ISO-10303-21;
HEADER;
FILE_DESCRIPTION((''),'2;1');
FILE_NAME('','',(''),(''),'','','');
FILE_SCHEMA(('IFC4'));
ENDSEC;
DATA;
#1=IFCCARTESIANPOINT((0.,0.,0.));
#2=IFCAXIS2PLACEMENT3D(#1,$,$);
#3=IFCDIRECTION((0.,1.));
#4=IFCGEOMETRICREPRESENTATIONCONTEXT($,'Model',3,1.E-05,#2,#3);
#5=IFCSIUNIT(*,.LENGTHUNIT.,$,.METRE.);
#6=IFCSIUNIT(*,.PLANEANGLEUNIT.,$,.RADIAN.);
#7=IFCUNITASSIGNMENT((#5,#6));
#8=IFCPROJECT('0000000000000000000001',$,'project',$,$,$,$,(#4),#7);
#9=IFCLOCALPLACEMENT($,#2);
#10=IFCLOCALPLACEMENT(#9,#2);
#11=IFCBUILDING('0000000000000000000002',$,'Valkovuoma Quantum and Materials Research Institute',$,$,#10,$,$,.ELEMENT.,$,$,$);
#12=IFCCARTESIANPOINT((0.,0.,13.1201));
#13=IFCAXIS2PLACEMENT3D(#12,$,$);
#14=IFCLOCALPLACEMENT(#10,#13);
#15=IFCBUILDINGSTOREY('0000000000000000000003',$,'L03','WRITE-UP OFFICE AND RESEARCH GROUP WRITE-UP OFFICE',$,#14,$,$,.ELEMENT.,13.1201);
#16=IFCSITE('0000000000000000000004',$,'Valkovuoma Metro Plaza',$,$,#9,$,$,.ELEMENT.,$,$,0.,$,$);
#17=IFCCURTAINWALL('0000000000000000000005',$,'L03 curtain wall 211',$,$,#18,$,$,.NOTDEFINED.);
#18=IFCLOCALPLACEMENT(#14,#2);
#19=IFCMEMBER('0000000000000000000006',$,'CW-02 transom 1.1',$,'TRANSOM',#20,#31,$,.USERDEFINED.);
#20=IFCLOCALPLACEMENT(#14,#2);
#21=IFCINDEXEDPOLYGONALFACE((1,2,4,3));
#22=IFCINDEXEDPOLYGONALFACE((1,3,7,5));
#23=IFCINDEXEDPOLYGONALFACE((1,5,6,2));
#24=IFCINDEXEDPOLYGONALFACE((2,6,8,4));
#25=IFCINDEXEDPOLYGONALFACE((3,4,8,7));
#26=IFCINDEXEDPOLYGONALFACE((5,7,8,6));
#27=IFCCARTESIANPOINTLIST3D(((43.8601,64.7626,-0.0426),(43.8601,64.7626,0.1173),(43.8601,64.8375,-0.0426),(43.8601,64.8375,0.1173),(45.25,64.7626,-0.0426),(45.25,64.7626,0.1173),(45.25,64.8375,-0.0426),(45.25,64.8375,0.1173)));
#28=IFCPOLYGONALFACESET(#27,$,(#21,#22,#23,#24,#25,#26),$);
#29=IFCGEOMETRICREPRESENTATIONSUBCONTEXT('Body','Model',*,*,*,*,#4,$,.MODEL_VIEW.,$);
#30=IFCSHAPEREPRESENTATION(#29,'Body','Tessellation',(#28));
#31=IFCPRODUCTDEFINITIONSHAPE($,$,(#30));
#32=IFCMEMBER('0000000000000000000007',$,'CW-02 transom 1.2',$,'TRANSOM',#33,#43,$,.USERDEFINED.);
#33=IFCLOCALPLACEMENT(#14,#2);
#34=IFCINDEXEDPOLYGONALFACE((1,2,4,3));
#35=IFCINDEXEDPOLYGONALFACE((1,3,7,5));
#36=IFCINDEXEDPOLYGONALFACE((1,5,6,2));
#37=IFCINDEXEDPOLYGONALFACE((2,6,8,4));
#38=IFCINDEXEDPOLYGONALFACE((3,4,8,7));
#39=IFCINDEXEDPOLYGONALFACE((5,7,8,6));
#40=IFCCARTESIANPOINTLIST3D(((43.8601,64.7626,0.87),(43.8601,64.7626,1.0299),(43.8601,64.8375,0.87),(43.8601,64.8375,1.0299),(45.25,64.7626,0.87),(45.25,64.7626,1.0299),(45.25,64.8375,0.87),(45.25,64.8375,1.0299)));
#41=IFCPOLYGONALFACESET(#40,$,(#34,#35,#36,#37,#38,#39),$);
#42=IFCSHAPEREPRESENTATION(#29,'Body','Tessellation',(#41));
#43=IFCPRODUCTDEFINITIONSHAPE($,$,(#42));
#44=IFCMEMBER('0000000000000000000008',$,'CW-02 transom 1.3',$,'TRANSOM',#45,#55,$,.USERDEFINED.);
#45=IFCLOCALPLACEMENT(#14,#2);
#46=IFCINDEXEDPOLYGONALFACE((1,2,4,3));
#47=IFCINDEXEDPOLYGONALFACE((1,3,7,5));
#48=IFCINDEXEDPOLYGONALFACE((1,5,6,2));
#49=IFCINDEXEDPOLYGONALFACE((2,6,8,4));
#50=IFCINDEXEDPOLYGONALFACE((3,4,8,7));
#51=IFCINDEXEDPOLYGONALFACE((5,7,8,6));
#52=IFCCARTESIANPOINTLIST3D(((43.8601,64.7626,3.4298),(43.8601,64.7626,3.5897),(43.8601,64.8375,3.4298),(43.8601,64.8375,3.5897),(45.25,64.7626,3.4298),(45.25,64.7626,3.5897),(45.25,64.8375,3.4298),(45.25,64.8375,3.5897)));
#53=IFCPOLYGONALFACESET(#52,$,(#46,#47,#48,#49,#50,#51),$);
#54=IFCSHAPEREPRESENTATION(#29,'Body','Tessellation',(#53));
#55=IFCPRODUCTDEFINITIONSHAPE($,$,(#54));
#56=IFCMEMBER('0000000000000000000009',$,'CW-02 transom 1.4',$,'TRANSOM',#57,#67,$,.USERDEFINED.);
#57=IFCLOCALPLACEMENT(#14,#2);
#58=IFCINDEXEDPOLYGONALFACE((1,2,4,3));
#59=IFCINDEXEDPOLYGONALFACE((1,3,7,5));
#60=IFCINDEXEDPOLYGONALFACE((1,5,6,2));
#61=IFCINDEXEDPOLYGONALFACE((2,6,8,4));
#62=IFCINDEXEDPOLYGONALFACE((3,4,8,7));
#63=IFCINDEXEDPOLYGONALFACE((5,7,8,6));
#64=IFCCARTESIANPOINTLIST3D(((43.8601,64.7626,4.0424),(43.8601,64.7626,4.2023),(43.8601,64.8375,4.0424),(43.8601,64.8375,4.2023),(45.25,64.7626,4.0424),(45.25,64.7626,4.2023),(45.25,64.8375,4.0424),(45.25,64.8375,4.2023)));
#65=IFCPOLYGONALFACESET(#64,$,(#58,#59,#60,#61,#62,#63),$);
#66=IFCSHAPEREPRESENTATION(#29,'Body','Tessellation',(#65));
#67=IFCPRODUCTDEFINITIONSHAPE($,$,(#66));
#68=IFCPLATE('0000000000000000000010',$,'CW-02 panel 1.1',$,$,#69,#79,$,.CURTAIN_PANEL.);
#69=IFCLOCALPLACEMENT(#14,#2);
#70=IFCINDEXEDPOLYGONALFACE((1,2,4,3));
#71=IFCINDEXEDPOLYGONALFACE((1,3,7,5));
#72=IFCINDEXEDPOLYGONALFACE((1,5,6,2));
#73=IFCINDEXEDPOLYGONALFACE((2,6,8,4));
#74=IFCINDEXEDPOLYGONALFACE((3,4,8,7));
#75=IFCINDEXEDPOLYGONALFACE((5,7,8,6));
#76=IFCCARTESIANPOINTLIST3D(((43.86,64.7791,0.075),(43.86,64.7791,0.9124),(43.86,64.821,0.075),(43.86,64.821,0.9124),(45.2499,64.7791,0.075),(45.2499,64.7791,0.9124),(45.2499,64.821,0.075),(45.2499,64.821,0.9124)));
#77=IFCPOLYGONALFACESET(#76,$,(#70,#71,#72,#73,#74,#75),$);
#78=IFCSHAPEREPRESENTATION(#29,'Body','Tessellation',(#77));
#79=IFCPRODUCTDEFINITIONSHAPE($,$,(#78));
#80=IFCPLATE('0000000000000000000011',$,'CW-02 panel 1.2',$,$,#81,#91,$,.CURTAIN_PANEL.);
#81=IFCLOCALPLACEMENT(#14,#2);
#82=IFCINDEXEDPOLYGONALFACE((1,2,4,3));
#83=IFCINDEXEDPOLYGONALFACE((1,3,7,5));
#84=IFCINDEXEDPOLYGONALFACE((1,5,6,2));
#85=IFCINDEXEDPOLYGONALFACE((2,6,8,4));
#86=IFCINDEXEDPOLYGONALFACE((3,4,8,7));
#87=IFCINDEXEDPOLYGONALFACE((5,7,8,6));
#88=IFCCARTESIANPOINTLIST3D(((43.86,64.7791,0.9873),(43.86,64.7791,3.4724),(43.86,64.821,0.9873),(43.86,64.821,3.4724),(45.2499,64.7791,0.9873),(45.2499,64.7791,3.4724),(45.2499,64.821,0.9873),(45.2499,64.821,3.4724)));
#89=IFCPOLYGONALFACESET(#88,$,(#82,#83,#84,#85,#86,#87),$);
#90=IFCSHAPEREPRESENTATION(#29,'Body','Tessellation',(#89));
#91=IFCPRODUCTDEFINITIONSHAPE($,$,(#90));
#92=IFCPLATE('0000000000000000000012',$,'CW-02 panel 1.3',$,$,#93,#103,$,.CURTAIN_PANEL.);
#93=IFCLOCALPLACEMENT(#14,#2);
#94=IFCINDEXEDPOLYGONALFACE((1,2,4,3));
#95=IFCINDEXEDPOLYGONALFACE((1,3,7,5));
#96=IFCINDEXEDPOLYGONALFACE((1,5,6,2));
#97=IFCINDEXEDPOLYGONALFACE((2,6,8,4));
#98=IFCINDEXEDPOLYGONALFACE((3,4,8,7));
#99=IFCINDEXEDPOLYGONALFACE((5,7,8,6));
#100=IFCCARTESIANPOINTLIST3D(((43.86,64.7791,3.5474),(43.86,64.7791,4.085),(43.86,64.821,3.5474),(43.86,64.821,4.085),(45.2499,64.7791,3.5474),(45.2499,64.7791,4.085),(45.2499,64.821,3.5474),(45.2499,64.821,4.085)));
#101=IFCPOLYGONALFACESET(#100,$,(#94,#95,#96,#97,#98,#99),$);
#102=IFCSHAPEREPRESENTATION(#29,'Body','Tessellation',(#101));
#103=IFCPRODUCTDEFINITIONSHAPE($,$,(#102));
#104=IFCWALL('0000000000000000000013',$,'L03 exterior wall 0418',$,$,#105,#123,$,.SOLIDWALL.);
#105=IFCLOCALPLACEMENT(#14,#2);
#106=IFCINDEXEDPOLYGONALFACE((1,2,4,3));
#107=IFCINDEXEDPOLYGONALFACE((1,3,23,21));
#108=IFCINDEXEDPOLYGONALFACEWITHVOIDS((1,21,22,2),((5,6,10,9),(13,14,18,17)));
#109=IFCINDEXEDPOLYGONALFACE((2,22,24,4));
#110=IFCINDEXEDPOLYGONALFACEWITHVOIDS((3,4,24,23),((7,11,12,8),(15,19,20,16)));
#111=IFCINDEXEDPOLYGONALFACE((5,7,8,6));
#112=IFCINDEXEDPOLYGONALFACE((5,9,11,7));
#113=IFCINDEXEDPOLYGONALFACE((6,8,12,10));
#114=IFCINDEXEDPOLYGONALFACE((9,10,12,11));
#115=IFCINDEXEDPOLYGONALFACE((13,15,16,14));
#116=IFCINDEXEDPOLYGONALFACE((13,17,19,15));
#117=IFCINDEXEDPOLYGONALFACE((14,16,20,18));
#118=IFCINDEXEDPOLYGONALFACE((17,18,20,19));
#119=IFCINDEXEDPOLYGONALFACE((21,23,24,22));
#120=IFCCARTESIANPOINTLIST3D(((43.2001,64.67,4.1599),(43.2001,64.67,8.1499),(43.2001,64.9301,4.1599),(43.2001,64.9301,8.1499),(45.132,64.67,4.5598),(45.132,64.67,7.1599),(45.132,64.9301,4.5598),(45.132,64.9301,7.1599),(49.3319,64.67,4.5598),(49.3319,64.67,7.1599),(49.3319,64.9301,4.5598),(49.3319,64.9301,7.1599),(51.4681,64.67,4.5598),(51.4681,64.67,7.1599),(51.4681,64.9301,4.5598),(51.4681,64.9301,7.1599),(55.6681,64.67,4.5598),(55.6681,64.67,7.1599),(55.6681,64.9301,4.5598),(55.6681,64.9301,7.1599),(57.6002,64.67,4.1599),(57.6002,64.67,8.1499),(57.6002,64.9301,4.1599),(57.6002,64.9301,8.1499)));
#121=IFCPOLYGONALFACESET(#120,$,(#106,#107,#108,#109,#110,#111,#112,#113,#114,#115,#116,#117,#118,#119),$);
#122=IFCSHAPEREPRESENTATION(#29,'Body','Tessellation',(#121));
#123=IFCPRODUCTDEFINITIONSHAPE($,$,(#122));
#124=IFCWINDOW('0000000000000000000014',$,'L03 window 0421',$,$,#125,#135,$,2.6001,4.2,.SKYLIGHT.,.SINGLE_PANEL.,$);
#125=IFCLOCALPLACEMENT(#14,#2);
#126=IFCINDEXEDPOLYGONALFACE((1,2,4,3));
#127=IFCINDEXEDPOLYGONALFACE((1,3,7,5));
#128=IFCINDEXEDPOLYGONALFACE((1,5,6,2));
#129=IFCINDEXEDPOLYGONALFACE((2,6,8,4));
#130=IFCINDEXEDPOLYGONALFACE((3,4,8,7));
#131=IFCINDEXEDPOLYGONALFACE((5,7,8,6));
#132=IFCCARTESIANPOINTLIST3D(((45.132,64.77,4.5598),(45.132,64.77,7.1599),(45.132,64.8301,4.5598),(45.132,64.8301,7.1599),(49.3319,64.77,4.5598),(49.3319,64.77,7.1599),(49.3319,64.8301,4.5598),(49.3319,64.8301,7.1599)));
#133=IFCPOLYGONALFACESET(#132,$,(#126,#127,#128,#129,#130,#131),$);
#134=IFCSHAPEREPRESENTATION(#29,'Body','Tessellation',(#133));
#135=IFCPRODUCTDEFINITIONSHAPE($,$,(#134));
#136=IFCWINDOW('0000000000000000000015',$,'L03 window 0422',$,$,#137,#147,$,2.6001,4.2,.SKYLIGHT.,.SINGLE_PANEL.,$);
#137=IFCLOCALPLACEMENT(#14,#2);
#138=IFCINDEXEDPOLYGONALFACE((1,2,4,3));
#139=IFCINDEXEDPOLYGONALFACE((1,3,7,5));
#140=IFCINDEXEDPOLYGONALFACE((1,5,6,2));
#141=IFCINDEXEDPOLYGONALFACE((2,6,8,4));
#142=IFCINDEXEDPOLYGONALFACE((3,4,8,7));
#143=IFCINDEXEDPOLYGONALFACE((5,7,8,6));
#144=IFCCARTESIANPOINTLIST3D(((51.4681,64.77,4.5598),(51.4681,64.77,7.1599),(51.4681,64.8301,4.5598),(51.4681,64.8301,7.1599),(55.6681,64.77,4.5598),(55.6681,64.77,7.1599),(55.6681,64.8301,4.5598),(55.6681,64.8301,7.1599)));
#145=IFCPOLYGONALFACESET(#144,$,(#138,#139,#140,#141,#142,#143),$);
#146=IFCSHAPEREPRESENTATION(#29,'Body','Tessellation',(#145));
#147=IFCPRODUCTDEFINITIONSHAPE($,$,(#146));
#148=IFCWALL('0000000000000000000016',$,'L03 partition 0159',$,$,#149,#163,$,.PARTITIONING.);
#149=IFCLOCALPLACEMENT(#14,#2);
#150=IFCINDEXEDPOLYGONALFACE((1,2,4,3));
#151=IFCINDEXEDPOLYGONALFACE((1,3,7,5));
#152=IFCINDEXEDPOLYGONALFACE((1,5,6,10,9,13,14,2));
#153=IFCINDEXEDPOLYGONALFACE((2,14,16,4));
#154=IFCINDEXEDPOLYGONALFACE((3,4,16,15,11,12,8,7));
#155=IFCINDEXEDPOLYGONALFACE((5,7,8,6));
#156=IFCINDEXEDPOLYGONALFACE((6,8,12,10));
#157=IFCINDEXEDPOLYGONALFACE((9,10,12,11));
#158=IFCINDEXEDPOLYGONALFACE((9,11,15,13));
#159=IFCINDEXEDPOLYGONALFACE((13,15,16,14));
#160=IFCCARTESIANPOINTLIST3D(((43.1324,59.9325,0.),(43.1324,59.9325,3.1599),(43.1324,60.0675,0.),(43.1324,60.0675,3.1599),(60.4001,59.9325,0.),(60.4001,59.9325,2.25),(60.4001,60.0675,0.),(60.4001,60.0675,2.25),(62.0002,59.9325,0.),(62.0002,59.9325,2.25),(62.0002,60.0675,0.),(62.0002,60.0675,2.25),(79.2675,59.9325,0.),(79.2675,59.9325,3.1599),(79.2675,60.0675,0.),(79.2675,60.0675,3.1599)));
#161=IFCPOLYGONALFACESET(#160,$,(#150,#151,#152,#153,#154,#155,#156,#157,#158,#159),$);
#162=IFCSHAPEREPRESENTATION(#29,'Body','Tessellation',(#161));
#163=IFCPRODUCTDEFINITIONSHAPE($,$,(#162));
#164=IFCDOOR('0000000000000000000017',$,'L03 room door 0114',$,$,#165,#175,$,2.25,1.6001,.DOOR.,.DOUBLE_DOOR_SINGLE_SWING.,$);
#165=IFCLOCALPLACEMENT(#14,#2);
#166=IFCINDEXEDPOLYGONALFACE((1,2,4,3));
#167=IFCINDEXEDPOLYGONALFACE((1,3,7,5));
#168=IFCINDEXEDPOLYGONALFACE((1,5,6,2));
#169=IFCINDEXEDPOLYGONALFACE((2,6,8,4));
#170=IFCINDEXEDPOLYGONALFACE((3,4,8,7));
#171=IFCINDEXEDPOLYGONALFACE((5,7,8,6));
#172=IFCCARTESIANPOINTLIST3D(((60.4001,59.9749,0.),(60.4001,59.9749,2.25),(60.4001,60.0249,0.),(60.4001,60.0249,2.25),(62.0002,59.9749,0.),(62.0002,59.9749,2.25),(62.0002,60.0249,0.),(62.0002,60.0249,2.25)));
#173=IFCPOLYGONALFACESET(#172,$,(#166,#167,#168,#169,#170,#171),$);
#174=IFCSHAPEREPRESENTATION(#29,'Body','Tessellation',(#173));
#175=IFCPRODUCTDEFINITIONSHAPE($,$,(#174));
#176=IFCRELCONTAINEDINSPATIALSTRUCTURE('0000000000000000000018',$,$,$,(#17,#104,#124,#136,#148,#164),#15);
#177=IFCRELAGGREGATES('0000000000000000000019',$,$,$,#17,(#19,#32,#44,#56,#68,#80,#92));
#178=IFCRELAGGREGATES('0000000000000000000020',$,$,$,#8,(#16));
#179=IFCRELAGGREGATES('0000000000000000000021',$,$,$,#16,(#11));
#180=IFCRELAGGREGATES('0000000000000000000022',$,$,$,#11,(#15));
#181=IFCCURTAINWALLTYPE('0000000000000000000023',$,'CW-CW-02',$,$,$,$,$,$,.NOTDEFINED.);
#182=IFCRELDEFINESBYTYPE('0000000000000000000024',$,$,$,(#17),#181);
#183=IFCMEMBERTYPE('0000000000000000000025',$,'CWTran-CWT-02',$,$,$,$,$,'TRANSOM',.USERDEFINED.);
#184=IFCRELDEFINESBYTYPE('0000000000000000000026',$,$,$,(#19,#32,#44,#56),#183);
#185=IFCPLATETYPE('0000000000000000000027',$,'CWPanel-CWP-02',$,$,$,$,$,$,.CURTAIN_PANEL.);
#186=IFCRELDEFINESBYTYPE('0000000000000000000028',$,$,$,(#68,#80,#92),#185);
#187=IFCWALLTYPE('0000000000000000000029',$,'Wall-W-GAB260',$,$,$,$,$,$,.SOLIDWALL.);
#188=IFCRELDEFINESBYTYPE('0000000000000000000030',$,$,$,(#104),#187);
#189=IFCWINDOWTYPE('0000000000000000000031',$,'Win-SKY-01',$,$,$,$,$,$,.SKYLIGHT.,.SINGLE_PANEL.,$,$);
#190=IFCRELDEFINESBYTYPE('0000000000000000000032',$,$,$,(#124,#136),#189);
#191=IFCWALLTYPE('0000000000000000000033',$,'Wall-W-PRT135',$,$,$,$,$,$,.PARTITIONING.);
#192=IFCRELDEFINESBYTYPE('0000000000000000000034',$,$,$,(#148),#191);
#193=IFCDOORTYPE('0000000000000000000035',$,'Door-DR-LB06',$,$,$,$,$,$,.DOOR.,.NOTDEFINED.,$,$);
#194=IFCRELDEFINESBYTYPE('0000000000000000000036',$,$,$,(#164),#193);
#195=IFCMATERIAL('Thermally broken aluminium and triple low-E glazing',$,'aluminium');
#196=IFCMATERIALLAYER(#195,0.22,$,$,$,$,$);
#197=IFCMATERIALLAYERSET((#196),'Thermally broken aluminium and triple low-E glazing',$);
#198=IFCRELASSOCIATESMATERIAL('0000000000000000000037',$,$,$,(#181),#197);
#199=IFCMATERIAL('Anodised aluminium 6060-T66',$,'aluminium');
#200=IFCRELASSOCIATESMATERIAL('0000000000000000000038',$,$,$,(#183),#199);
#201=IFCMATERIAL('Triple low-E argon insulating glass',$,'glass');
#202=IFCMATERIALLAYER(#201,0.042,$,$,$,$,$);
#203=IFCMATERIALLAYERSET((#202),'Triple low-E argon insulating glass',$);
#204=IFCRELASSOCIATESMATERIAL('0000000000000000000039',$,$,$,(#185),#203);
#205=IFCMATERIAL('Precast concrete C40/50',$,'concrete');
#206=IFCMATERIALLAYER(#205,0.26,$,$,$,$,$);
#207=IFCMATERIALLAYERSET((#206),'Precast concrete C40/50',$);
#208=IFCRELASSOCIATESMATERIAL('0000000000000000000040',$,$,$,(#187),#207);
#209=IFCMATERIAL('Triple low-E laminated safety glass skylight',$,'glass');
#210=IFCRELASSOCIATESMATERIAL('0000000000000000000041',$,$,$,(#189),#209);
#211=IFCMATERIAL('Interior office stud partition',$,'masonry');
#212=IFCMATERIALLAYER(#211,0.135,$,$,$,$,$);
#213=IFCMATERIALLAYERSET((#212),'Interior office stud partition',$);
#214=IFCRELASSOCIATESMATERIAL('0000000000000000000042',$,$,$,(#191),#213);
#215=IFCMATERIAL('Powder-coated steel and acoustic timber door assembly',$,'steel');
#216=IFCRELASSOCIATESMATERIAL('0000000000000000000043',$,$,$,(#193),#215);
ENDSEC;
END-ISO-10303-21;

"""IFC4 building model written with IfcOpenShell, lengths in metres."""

from ifc_helpers import new_model, si_unit, direction, frame, frame_2d, origin, origin_2d, place, context, subcontext, project, spatial, rectangle, extrude, material, layer, layer_set, material_profile, profile_set, type_object, element, fill, aggregate, save


model = new_model("IFC4")

# Units and contexts
model_context = context("Model", 3, precision=1e-05, world=origin(), true_north=direction((0.0, 1.0)))
body_context = subcontext(model_context, "Body", "Model", "MODEL_VIEW")
ifc_project = project(units=[si_unit("LENGTHUNIT", "METRE"), si_unit("PLANEANGLEUNIT", "RADIAN")], contexts=[model_context])

# Site, building, storey
site_placement = place(None, origin())
site = spatial("IfcSite", under=ifc_project, at=site_placement, Name="Valkovuoma Metro Plaza", CompositionType="ELEMENT", RefElevation=0.0)
building_placement = place(site_placement, origin())
building = spatial("IfcBuilding", under=site, at=building_placement, Name="Valkovuoma Quantum and Materials Research Institute", CompositionType="ELEMENT")
storey_placement = place(building_placement, frame((0.0, 0.0, 13.1201)))
storey = spatial("IfcBuildingStorey", under=building, at=storey_placement, Name="L03", Description="WRITE-UP OFFICE AND RESEARCH GROUP WRITE-UP OFFICE", CompositionType="ELEMENT", Elevation=13.1201)

# Curtain wall, members, plates
ifc_material_1 = material(Name="Thermally broken aluminium and triple low-E glazing", Category="aluminium")
ifc_layer_1 = layer(ifc_material_1, 0.22)
ifc_layer_set_1 = layer_set([ifc_layer_1], Name="Thermally broken aluminium and triple low-E glazing")
curtain_wall_type = type_object("IfcCurtainWallType", Name="CW-CW-02", PredefinedType="NOTDEFINED", material=ifc_layer_set_1)
curtain_wall_placement = place(storey_placement, origin())
curtain_wall = element("IfcCurtainWall", 1, at=curtain_wall_placement, inside=storey, type_object=curtain_wall_type, Name="L03 curtain wall 211", PredefinedType="NOTDEFINED")
ifc_material_2 = material(Name="Anodised aluminium 6060-T66", Category="aluminium")
ifc_material_profile_1 = material_profile(ifc_material_2, rectangle(XDim=0.075, YDim=0.1599, at=origin_2d()), Name="Anodised aluminium 6060-T66")
ifc_profile_set_1 = profile_set([ifc_material_profile_1], Name="Anodised aluminium 6060-T66")
member_type_1 = type_object("IfcMemberType", Name="CWTran-CWT-02", ElementType="TRANSOM", PredefinedType="USERDEFINED", material=ifc_profile_set_1)
member_1_placement = place(storey_placement, frame((43.8601, 64.8, 0.0374), z_axis=(1.0, 0.0, 0.0), x_axis=(0.0, 1.0, 0.0)))
member_1 = element("IfcMember", 2, at=member_1_placement, type_object=member_type_1, Name="CW-02 transom 1.1", ObjectType="TRANSOM", PredefinedType="USERDEFINED", context=body_context, shape_type="SweptSolid", body=[
    extrude(rectangle(XDim=0.075, YDim=0.1599, at=origin_2d()), origin(), (0.0, 0.0, 1.0), 1.3899),
])
member_2_placement = place(storey_placement, frame((43.8601, 64.8, 0.95), z_axis=(1.0, 0.0, 0.0), x_axis=(0.0, 1.0, 0.0)))
member_2 = element("IfcMember", 3, at=member_2_placement, type_object=member_type_1, Name="CW-02 transom 1.2", ObjectType="TRANSOM", PredefinedType="USERDEFINED", context=body_context, shape_type="SweptSolid", body=[
    extrude(rectangle(XDim=0.075, YDim=0.1599, at=origin_2d()), origin(), (0.0, 0.0, 1.0), 1.3899),
])
member_3_placement = place(storey_placement, frame((43.8601, 64.8, 3.5098), z_axis=(1.0, 0.0, 0.0), x_axis=(0.0, 1.0, 0.0)))
member_3 = element("IfcMember", 4, at=member_3_placement, type_object=member_type_1, Name="CW-02 transom 1.3", ObjectType="TRANSOM", PredefinedType="USERDEFINED", context=body_context, shape_type="SweptSolid", body=[
    extrude(rectangle(XDim=0.075, YDim=0.1599, at=origin_2d()), origin(), (0.0, 0.0, 1.0), 1.3899),
])
member_4_placement = place(storey_placement, frame((43.8601, 64.8, 4.1223), z_axis=(1.0, 0.0, 0.0), x_axis=(0.0, 1.0, 0.0)))
member_4 = element("IfcMember", 5, at=member_4_placement, type_object=member_type_1, Name="CW-02 transom 1.4", ObjectType="TRANSOM", PredefinedType="USERDEFINED", context=body_context, shape_type="SweptSolid", body=[
    extrude(rectangle(XDim=0.075, YDim=0.1599, at=origin_2d()), origin(), (0.0, 0.0, 1.0), 1.3899),
])
ifc_material_3 = material(Name="Triple low-E argon insulating glass", Category="glass")
ifc_layer_2 = layer(ifc_material_3, 0.042)
ifc_layer_set_2 = layer_set([ifc_layer_2], Name="Triple low-E argon insulating glass")
plate_type = type_object("IfcPlateType", Name="CWPanel-CWP-02", PredefinedType="CURTAIN_PANEL", material=ifc_layer_set_2)
plate_1_placement = place(storey_placement, frame((44.5549, 64.8, 0.075), z_axis=(0.0, 0.0, 1.0), x_axis=(1.0, 0.0, 0.0)))
plate_1 = element("IfcPlate", 6, at=plate_1_placement, type_object=plate_type, Name="CW-02 panel 1.1", PredefinedType="CURTAIN_PANEL", context=body_context, shape_type="SweptSolid", body=[
    extrude(rectangle(XDim=1.3899, YDim=0.042, at=origin_2d()), origin(), (0.0, 0.0, 1.0), 0.8374),
])
plate_2_placement = place(storey_placement, frame((44.5549, 64.8, 0.9873), z_axis=(0.0, 0.0, 1.0), x_axis=(1.0, 0.0, 0.0)))
plate_2 = element("IfcPlate", 7, at=plate_2_placement, type_object=plate_type, Name="CW-02 panel 1.2", PredefinedType="CURTAIN_PANEL", context=body_context, shape_type="SweptSolid", body=[
    extrude(rectangle(XDim=1.3899, YDim=0.042, at=origin_2d()), origin(), (0.0, 0.0, 1.0), 2.4851),
])
plate_3_placement = place(storey_placement, frame((44.5549, 64.8, 3.5474), z_axis=(0.0, 0.0, 1.0), x_axis=(1.0, 0.0, 0.0)))
plate_3 = element("IfcPlate", 8, at=plate_3_placement, type_object=plate_type, Name="CW-02 panel 1.3", PredefinedType="CURTAIN_PANEL", context=body_context, shape_type="SweptSolid", body=[
    extrude(rectangle(XDim=1.3899, YDim=0.042, at=origin_2d()), origin(), (0.0, 0.0, 1.0), 0.5376),
])
aggregate(curtain_wall, [member_1, member_2, member_3, member_4, plate_1, plate_2, plate_3])

# Wall, openings, windows
ifc_material_4 = material(Name="Precast concrete C40/50", Category="concrete")
ifc_layer_3 = layer(ifc_material_4, 0.26)
ifc_layer_set_3 = layer_set([ifc_layer_3], Name="Precast concrete C40/50")
wall_type_1 = type_object("IfcWallType", Name="Wall-W-GAB260", PredefinedType="SOLIDWALL", material=ifc_layer_set_3)
wall_1_placement = place(storey_placement, frame((43.2, 64.8, 4.1599), z_axis=(0.0, 0.0, 1.0), x_axis=(1.0, 0.0, 0.0)))
wall_1 = element("IfcWall", 9, at=wall_1_placement, inside=storey, type_object=wall_type_1, Name="L03 exterior wall 0418", PredefinedType="SOLIDWALL", context=body_context, shape_type="SweptSolid", body=[
    extrude(rectangle(XDim=14.4001, YDim=0.26, at=frame_2d((7.2002, 0.0))), origin(), (0.0, 0.0, 1.0), 3.99),
])
opening_1_placement = place(wall_1_placement, frame((1.9319, 0.0, 0.3999)))
opening_1 = element("IfcOpeningElement", 10, at=opening_1_placement, cuts=wall_1, PredefinedType="OPENING", context=body_context, shape_type="SweptSolid", body=[
    extrude(rectangle(XDim=4.2, YDim=2.6001, at=frame_2d((2.1001, 1.3))), frame((0.0, 0.1401, 0.0), z_axis=(0.0, -1.0, 0.0), x_axis=(1.0, 0.0, 0.0)), (0.0, 0.0, 1.0), 0.28),
])
opening_2_placement = place(wall_1_placement, frame((8.2681, 0.0, 0.3999)))
opening_2 = element("IfcOpeningElement", 11, at=opening_2_placement, cuts=wall_1, PredefinedType="OPENING", context=body_context, shape_type="SweptSolid", body=[
    extrude(rectangle(XDim=4.2, YDim=2.6001, at=frame_2d((2.1001, 1.3))), frame((0.0, 0.1401, 0.0), z_axis=(0.0, -1.0, 0.0), x_axis=(1.0, 0.0, 0.0)), (0.0, 0.0, 1.0), 0.28),
])
ifc_material_5 = material(Name="Triple low-E laminated safety glass skylight", Category="glass")
window_type = type_object("IfcWindowType", Name="Win-SKY-01", PartitioningType="SINGLE_PANEL", PredefinedType="SKYLIGHT", material=ifc_material_5)
window_1_placement = place(opening_1_placement, origin())
window_1 = element("IfcWindow", 12, at=window_1_placement, inside=storey, type_object=window_type, Name="L03 window 0421", OverallHeight=2.6001, OverallWidth=4.2, PartitioningType="SINGLE_PANEL", PredefinedType="SKYLIGHT", context=body_context, shape_type="SweptSolid", body=[
    extrude(rectangle(XDim=4.2, YDim=2.6001, at=frame_2d((2.1001, 1.3))), frame((0.0, 0.03, 0.0), z_axis=(0.0, -1.0, 0.0), x_axis=(1.0, 0.0, 0.0)), (0.0, 0.0, 1.0), 0.0601),
])
fill(opening_1, window_1)
window_2_placement = place(opening_2_placement, origin())
window_2 = element("IfcWindow", 13, at=window_2_placement, inside=storey, type_object=window_type, Name="L03 window 0422", OverallHeight=2.6001, OverallWidth=4.2, PartitioningType="SINGLE_PANEL", PredefinedType="SKYLIGHT", context=body_context, shape_type="SweptSolid", body=[
    extrude(rectangle(XDim=4.2, YDim=2.6001, at=frame_2d((2.1001, 1.3))), frame((0.0, 0.03, 0.0), z_axis=(0.0, -1.0, 0.0), x_axis=(1.0, 0.0, 0.0)), (0.0, 0.0, 1.0), 0.0601),
])
fill(opening_2, window_2)

# Wall, opening, door
ifc_material_6 = material(Name="Interior office stud partition", Category="masonry")
ifc_layer_4 = layer(ifc_material_6, 0.135)
ifc_layer_set_4 = layer_set([ifc_layer_4], Name="Interior office stud partition")
wall_type_2 = type_object("IfcWallType", Name="Wall-W-PRT135", PredefinedType="PARTITIONING", material=ifc_layer_set_4)
wall_2_placement = place(storey_placement, frame((43.1326, 60.0, 0.0), z_axis=(0.0, 0.0, 1.0), x_axis=(1.0, 0.0, 0.0)))
wall_2 = element("IfcWall", 14, at=wall_2_placement, inside=storey, type_object=wall_type_2, Name="L03 partition 0159", PredefinedType="PARTITIONING", context=body_context, shape_type="SweptSolid", body=[
    extrude(rectangle(XDim=36.135, YDim=0.135, at=frame_2d((18.0674, 0.0))), origin(), (0.0, 0.0, 1.0), 3.1599),
])
opening_3_placement = place(wall_2_placement, frame((17.2676, 0.0, 0.0)))
opening_3 = element("IfcOpeningElement", 15, at=opening_3_placement, cuts=wall_2, PredefinedType="OPENING", context=body_context, shape_type="SweptSolid", body=[
    extrude(rectangle(XDim=1.6001, YDim=2.25, at=frame_2d((0.8, 1.125))), frame((0.0, 0.0776, 0.0), z_axis=(0.0, -1.0, 0.0), x_axis=(1.0, 0.0, 0.0)), (0.0, 0.0, 1.0), 0.155),
])
ifc_material_7 = material(Name="Powder-coated steel and acoustic timber door assembly", Category="steel")
door_type = type_object("IfcDoorType", Name="Door-DR-LB06", OperationType="NOTDEFINED", PredefinedType="DOOR", material=ifc_material_7)
door_placement = place(opening_3_placement, origin())
door = element("IfcDoor", 16, at=door_placement, inside=storey, type_object=door_type, Name="L03 room door 0114", OperationType="DOUBLE_DOOR_SINGLE_SWING", OverallHeight=2.25, OverallWidth=1.6001, PredefinedType="DOOR", context=body_context, shape_type="SweptSolid", body=[
    extrude(rectangle(XDim=1.6001, YDim=2.25, at=frame_2d((0.8, 1.125))), frame((0.0, 0.0249, 0.0), z_axis=(0.0, -1.0, 0.0), x_axis=(1.0, 0.0, 0.0)), (0.0, 0.0, 1.0), 0.05),
])
fill(opening_3, door)

save(model, "model.ifc")
